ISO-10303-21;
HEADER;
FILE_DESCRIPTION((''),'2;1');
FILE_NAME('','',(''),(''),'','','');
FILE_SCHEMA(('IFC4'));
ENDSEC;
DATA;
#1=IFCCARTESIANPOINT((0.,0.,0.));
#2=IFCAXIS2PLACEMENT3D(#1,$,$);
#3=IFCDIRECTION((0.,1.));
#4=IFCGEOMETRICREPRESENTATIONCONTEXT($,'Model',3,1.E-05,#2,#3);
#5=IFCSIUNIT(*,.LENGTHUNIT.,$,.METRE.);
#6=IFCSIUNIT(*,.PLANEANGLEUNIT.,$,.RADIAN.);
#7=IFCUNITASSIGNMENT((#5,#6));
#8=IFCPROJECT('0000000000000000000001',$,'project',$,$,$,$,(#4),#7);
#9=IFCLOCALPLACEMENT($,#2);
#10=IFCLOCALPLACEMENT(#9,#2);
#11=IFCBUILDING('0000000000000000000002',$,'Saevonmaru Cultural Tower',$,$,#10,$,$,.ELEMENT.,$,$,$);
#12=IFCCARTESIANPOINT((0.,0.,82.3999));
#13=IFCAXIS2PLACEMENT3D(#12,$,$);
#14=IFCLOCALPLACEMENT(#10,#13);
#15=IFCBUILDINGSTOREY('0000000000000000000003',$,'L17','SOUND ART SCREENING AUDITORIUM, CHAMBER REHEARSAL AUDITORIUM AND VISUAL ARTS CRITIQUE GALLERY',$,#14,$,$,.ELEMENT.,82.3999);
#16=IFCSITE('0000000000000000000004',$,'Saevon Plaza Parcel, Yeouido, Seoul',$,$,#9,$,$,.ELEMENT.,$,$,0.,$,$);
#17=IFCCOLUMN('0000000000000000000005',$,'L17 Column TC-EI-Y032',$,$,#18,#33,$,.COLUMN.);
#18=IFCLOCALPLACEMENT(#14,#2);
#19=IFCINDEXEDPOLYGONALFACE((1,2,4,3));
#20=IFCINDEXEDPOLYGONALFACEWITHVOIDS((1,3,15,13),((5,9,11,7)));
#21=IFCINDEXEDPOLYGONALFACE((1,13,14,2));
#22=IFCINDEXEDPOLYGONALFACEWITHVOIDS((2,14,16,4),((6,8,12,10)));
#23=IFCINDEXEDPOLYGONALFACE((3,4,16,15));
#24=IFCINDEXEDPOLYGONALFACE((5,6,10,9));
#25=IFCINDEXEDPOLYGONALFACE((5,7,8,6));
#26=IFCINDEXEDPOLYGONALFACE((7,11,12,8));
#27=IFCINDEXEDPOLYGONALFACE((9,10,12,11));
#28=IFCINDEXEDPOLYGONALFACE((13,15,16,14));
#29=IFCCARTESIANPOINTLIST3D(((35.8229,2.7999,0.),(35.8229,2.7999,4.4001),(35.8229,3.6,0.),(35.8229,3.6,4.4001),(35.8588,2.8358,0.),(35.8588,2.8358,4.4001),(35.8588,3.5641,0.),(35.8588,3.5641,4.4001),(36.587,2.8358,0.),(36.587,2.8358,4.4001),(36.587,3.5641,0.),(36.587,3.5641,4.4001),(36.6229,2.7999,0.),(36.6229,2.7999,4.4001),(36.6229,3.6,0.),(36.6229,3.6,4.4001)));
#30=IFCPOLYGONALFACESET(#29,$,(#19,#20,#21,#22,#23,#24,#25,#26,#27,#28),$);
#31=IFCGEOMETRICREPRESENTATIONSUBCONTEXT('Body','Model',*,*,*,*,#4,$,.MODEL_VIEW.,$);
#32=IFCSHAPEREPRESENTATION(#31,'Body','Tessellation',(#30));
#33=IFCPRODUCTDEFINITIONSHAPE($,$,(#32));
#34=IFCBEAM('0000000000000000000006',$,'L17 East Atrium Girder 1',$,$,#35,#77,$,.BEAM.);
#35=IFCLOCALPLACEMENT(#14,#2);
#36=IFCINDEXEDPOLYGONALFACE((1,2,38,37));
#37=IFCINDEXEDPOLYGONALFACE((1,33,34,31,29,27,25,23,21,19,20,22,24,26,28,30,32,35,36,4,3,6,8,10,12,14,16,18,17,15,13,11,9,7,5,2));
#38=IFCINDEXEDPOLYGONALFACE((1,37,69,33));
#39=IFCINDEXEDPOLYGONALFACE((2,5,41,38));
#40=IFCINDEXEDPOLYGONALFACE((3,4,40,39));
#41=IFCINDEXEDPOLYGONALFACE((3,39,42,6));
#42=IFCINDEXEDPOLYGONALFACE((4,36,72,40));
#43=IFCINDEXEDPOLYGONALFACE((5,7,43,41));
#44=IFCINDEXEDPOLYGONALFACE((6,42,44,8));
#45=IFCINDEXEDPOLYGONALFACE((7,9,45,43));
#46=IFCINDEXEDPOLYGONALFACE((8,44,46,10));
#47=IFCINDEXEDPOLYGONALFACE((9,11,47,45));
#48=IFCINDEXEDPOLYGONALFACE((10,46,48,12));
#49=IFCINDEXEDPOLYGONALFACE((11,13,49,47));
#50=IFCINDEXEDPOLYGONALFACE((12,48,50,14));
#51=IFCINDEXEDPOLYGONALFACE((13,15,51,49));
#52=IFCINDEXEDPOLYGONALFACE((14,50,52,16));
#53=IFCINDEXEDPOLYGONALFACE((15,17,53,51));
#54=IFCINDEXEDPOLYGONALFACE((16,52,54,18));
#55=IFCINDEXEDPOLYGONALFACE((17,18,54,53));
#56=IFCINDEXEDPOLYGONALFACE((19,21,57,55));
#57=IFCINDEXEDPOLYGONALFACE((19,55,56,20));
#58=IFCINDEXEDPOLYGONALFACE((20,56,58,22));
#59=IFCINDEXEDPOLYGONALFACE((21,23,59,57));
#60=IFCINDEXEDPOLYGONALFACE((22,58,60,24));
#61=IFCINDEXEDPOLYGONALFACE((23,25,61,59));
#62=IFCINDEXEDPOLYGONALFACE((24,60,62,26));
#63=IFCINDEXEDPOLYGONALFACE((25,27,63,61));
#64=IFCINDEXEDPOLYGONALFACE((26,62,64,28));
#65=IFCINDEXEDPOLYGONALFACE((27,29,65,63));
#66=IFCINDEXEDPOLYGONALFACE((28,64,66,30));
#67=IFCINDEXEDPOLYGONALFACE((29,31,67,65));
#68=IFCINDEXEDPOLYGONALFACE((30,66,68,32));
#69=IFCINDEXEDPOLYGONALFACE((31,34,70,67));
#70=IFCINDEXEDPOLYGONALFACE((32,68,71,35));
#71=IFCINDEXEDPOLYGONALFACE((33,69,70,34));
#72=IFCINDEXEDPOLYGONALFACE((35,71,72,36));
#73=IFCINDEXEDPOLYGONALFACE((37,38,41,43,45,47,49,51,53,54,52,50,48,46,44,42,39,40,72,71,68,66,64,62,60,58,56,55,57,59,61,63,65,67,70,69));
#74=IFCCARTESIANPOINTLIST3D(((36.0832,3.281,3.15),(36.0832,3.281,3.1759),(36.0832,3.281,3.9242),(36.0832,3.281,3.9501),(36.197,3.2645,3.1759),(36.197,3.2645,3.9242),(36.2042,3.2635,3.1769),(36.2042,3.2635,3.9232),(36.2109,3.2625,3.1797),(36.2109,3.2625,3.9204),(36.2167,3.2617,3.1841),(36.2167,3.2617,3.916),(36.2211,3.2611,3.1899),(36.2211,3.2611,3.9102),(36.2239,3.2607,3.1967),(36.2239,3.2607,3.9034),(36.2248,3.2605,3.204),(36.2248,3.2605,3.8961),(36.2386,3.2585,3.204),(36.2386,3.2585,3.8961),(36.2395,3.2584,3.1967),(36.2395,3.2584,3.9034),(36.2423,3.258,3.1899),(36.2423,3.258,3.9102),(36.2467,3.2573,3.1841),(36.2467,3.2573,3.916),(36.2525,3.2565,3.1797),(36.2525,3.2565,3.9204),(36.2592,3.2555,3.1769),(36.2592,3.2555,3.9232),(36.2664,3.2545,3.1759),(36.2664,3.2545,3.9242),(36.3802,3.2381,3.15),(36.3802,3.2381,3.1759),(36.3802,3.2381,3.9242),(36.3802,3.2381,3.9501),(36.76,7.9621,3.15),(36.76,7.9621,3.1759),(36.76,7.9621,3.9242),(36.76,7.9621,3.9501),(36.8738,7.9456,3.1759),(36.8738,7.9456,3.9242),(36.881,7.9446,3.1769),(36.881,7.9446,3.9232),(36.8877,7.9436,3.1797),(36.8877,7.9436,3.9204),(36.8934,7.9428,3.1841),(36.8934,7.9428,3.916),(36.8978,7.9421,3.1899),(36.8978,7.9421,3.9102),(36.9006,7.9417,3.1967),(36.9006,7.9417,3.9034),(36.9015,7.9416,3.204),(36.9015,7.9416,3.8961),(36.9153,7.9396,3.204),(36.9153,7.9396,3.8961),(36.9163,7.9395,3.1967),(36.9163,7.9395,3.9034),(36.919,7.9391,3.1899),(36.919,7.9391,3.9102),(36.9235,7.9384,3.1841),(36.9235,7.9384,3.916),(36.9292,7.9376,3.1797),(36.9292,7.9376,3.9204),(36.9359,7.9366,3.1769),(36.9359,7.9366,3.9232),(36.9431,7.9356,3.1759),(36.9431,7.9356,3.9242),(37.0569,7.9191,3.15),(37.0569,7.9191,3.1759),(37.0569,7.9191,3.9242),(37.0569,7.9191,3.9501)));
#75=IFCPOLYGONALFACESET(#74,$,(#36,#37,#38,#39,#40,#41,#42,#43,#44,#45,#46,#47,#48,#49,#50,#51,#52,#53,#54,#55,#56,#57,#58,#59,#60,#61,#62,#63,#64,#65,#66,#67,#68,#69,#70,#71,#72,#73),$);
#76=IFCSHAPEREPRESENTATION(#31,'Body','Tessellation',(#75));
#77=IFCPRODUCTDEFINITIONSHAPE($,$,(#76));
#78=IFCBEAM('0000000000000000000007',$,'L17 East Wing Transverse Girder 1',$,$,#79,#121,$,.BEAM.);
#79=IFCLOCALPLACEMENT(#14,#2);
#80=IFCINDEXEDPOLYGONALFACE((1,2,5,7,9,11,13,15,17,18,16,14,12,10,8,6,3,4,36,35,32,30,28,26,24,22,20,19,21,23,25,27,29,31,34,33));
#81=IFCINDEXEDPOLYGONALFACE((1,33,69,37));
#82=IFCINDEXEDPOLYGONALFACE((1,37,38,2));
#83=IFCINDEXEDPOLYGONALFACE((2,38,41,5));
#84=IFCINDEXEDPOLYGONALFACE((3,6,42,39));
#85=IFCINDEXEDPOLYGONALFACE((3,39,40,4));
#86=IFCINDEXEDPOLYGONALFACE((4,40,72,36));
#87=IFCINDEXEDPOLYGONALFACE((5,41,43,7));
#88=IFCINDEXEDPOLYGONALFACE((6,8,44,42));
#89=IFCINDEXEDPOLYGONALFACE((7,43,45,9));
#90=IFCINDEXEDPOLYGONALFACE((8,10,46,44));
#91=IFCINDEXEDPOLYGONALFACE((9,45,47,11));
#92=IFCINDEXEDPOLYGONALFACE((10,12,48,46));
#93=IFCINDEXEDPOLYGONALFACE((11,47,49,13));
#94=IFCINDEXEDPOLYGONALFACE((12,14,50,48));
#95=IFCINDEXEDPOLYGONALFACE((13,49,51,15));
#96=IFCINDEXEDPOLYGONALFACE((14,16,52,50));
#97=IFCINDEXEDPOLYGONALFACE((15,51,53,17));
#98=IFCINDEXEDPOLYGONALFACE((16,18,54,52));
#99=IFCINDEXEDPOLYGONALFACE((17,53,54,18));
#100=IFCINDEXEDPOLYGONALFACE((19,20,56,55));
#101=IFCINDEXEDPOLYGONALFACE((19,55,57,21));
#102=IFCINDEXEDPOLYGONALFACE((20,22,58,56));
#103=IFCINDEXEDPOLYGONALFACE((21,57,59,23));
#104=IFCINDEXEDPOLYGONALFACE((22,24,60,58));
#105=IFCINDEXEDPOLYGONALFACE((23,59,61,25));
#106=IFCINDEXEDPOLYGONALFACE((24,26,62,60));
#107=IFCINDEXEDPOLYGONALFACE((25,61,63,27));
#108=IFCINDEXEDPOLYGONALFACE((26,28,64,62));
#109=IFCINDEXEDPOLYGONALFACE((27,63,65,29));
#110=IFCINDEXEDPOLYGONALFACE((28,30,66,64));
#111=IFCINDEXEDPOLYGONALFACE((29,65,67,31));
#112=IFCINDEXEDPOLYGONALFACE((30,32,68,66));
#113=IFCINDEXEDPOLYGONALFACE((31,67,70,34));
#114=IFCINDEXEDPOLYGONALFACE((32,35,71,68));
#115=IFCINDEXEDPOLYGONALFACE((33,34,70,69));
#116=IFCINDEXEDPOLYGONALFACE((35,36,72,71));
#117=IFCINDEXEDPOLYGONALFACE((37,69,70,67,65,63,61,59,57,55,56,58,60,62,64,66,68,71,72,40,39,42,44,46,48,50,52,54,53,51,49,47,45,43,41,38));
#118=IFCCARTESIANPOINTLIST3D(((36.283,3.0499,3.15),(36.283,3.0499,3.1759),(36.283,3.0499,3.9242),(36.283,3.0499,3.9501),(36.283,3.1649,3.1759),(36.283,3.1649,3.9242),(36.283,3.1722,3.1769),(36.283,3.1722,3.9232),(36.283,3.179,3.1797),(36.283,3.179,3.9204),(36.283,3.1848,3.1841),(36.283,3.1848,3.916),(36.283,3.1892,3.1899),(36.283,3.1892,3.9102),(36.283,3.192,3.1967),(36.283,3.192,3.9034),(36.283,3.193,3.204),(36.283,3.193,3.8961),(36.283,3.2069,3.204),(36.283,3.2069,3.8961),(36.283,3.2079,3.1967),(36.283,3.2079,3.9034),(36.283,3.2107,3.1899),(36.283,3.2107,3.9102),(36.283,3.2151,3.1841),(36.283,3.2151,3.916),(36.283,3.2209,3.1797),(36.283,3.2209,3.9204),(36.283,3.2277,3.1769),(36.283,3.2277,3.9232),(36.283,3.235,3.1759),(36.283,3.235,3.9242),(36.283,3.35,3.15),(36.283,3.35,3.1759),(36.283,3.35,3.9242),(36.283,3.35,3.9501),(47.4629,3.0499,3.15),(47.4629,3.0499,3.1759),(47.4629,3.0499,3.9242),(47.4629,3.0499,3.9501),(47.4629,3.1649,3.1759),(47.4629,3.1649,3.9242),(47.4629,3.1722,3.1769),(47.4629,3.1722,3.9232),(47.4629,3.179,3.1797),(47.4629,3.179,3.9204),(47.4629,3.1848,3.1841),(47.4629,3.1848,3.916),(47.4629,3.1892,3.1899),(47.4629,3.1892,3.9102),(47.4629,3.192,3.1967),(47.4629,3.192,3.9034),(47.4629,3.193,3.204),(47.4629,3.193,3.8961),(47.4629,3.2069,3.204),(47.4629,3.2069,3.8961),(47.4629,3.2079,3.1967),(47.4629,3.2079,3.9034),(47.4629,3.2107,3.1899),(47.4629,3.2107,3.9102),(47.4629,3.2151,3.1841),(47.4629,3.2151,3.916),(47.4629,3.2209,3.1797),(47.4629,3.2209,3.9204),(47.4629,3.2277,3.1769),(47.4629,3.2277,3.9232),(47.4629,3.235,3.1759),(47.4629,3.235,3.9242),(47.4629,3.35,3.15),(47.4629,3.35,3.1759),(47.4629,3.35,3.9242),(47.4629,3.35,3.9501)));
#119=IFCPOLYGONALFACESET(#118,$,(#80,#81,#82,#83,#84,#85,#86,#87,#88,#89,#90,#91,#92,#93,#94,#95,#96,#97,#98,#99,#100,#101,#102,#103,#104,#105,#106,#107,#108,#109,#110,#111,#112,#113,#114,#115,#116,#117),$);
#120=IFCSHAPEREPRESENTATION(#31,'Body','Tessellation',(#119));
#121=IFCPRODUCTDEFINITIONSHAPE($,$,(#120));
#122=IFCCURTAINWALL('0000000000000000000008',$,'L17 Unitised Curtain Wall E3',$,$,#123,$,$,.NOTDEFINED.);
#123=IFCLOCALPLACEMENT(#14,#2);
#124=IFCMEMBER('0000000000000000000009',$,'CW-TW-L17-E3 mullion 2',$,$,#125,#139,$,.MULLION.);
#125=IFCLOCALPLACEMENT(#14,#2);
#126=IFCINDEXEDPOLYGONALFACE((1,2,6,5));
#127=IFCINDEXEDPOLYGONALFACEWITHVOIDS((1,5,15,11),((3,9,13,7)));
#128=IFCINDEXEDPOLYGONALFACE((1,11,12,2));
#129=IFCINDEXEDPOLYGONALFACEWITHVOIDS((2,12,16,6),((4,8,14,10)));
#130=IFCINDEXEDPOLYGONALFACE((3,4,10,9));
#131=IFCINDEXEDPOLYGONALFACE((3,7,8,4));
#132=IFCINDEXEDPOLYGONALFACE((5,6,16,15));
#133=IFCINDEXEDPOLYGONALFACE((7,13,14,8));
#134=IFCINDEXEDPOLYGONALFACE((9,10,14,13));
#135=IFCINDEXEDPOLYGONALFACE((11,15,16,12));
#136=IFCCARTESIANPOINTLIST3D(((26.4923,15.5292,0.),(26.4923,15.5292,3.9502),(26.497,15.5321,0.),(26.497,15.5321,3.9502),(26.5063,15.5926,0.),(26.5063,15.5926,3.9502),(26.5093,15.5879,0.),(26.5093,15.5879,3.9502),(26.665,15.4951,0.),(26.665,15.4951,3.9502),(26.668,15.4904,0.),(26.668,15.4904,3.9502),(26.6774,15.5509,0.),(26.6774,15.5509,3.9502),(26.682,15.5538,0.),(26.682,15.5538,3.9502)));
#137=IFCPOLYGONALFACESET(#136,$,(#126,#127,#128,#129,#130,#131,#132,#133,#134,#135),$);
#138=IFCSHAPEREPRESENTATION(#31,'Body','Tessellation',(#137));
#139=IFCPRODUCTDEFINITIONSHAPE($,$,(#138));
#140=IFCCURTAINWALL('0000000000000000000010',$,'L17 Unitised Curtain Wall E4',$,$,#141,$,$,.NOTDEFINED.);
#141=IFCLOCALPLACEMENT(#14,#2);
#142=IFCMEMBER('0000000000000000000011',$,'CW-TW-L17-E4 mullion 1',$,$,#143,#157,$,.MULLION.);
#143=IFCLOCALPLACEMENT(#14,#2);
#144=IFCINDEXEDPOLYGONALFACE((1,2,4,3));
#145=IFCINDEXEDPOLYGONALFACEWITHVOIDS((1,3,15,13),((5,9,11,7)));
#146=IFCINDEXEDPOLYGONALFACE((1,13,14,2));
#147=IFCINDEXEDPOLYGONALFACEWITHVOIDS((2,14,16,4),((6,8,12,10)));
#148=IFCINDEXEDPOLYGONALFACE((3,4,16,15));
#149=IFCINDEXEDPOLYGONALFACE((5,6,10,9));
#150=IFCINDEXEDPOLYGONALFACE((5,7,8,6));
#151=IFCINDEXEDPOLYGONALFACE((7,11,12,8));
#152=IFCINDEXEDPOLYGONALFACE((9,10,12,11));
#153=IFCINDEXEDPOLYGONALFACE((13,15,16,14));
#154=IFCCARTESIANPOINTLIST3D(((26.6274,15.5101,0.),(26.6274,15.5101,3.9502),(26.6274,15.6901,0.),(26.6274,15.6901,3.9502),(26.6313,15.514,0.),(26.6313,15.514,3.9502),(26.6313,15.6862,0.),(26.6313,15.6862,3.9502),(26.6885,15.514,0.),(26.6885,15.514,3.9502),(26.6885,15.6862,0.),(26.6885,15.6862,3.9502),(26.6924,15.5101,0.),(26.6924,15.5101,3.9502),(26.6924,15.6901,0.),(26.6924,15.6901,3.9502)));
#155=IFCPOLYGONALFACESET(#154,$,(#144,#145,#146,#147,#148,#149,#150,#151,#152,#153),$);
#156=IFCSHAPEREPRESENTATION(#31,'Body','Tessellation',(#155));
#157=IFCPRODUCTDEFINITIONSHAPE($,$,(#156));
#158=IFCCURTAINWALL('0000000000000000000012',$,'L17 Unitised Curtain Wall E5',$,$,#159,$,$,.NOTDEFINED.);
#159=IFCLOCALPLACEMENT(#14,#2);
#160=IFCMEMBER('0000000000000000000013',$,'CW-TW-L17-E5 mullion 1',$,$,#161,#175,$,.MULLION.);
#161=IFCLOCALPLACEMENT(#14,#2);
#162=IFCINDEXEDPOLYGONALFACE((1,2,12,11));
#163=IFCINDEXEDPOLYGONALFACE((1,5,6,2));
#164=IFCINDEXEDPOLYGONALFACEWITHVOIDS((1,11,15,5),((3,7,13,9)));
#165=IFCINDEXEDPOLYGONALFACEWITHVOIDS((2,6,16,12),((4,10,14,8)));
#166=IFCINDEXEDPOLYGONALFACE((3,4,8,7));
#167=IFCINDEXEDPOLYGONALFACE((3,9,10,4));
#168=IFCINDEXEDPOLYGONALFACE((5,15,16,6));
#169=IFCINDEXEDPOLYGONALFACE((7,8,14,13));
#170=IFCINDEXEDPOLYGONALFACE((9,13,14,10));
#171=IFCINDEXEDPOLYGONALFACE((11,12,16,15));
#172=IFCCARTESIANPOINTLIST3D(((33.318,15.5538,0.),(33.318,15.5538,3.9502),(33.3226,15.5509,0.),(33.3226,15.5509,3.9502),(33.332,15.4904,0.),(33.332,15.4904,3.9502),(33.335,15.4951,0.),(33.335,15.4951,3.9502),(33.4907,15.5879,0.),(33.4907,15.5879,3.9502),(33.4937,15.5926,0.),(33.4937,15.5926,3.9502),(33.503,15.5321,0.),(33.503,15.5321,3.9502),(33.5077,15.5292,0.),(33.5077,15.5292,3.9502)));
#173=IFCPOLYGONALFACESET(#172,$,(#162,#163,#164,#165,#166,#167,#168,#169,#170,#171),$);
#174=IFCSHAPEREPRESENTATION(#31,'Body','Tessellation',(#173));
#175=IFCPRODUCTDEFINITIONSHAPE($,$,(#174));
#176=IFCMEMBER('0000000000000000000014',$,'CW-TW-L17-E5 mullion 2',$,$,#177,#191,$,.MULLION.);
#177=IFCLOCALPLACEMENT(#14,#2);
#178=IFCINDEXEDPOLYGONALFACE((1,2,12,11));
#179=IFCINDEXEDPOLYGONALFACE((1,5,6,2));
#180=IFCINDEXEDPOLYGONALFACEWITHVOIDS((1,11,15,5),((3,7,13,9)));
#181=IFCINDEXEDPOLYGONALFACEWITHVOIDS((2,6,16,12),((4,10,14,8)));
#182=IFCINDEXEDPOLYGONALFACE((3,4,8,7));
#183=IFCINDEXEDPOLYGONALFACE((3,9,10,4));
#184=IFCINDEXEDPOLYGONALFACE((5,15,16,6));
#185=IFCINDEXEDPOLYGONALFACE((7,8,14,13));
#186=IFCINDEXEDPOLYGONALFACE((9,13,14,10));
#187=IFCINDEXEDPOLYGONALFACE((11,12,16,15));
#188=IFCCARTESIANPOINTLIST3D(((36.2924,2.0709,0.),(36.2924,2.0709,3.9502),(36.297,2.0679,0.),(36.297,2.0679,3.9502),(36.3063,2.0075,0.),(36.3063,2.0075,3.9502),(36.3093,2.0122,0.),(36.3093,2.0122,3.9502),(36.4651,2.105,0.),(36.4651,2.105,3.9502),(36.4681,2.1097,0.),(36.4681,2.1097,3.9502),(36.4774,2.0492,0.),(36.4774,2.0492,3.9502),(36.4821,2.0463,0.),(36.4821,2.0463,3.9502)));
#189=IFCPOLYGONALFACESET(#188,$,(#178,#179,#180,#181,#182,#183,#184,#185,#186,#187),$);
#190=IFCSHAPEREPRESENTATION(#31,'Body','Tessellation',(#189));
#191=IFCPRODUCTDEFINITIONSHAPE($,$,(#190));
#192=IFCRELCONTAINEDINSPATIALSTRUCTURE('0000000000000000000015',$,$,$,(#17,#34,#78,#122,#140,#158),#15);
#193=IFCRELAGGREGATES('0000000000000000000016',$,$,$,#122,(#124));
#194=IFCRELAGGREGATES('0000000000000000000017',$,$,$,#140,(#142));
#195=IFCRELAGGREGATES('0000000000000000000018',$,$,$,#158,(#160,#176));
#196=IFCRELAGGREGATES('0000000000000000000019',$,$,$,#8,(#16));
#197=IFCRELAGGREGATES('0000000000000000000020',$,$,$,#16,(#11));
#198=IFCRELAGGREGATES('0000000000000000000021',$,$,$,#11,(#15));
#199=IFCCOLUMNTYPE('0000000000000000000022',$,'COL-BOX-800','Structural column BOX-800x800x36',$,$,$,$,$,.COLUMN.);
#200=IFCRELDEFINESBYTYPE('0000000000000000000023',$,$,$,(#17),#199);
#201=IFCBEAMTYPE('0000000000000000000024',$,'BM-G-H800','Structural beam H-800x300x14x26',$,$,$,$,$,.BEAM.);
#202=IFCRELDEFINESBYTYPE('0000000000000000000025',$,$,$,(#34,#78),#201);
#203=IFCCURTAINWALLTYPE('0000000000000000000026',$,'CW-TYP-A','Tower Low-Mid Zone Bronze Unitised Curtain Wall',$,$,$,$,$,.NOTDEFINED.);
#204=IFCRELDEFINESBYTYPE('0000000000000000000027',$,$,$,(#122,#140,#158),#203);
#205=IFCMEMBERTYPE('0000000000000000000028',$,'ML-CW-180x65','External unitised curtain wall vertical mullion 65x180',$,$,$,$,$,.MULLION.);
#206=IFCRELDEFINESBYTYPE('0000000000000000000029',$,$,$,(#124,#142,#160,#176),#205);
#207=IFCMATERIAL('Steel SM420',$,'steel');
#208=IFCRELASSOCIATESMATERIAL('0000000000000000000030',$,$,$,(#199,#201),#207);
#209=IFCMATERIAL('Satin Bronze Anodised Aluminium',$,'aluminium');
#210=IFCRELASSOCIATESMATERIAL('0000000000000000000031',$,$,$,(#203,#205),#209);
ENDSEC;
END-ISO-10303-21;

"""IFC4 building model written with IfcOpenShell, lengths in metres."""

from ifc_helpers import new_model, si_unit, direction, frame, origin, origin_2d, place, context, subcontext, project, spatial, hollow_rectangle, i_section, extrude, material, material_profile, profile_set, type_object, element, aggregate, save


model = new_model("IFC4")

# Units and contexts
model_context = context("Model", 3, precision=1e-05, world=origin(), true_north=direction((0.0, 1.0)))
body_context = subcontext(model_context, "Body", "Model", "MODEL_VIEW")
ifc_project = project(units=[si_unit("LENGTHUNIT", "METRE"), si_unit("PLANEANGLEUNIT", "RADIAN")], contexts=[model_context])

# Site, building, storey
site_placement = place(None, origin())
site = spatial("IfcSite", under=ifc_project, at=site_placement, Name="Saevon Plaza Parcel, Yeouido, Seoul", CompositionType="ELEMENT", RefElevation=0.0)
building_placement = place(site_placement, origin())
building = spatial("IfcBuilding", under=site, at=building_placement, Name="Saevonmaru Cultural Tower", CompositionType="ELEMENT")
storey_placement = place(building_placement, frame((0.0, 0.0, 82.3999)))
storey = spatial("IfcBuildingStorey", under=building, at=storey_placement, Name="L17", Description="SOUND ART SCREENING AUDITORIUM, CHAMBER REHEARSAL AUDITORIUM AND VISUAL ARTS CRITIQUE GALLERY", CompositionType="ELEMENT", Elevation=82.3999)

# Column
ifc_material_1 = material(Name="Steel SM420", Category="steel")
ifc_material_profile_1 = material_profile(ifc_material_1, hollow_rectangle(XDim=0.8, YDim=0.8, WallThickness=0.0359, at=origin_2d()), Name="BOX-800x800x36")
ifc_profile_set_1 = profile_set([ifc_material_profile_1], Name="Steel SM420")
column_type = type_object("IfcColumnType", Name="COL-BOX-800", Description="Structural column BOX-800x800x36", PredefinedType="COLUMN", material=ifc_profile_set_1)
column_placement = place(storey_placement, frame((36.2229, 3.2, 0.0), z_axis=(0.0, 0.0, 1.0), x_axis=(1.0, 0.0, 0.0)))
element("IfcColumn", 1, at=column_placement, inside=storey, type_object=column_type, Name="L17 Column TC-EI-Y032", PredefinedType="COLUMN", context=body_context, shape_type="SweptSolid", body=[
    extrude(hollow_rectangle(XDim=0.8, YDim=0.8, WallThickness=0.0359, at=origin_2d()), origin(), (0.0, 0.0, 1.0), 4.4001),
])

# Beams
ifc_material_profile_2 = material_profile(ifc_material_1, i_section(OverallWidth=0.3, OverallDepth=0.8, WebThickness=0.0139, FlangeThickness=0.0259, FilletRadius=0.0281, at=origin_2d()), Name="H-800x300x14x26")
ifc_profile_set_2 = profile_set([ifc_material_profile_2], Name="Steel SM420")
beam_type = type_object("IfcBeamType", Name="BM-G-H800", Description="Structural beam H-800x300x14x26", PredefinedType="BEAM", material=ifc_profile_set_2)
beam_1_placement = place(storey_placement, frame((36.2317, 3.2595, 3.55), z_axis=(0.143083, 0.989711, 0.0), x_axis=(-0.989711, 0.143083, 0.0)))
element("IfcBeam", 2, at=beam_1_placement, inside=storey, type_object=beam_type, Name="L17 East Atrium Girder 1", PredefinedType="BEAM", context=body_context, shape_type="SweptSolid", body=[
    extrude(i_section(OverallWidth=0.3, OverallDepth=0.8, WebThickness=0.0139, FlangeThickness=0.0259, FilletRadius=0.0281, at=origin_2d()), origin(), (0.0, 0.0, 1.0), 4.7297),
])
beam_2_placement = place(storey_placement, frame((36.283, 3.2, 3.55), z_axis=(1.0, 0.0, 0.0), x_axis=(0.0, 1.0, 0.0)))
element("IfcBeam", 3, at=beam_2_placement, inside=storey, type_object=beam_type, Name="L17 East Wing Transverse Girder 1", PredefinedType="BEAM", context=body_context, shape_type="SweptSolid", body=[
    extrude(i_section(OverallWidth=0.3, OverallDepth=0.8, WebThickness=0.0139, FlangeThickness=0.0259, FilletRadius=0.0281, at=origin_2d()), origin(), (0.0, 0.0, 1.0), 11.1799),
])

# Curtain walls, members
ifc_material_2 = material(Name="Satin Bronze Anodised Aluminium", Category="aluminium")
curtain_wall_type = type_object("IfcCurtainWallType", Name="CW-TYP-A", Description="Tower Low-Mid Zone Bronze Unitised Curtain Wall", PredefinedType="NOTDEFINED", material=ifc_material_2)
curtain_wall_1_placement = place(storey_placement, origin())
curtain_wall_1 = element("IfcCurtainWall", 4, at=curtain_wall_1_placement, inside=storey, type_object=curtain_wall_type, Name="L17 Unitised Curtain Wall E3", PredefinedType="NOTDEFINED")
ifc_material_profile_3 = material_profile(ifc_material_2, hollow_rectangle(XDim=0.0649, YDim=0.1799, WallThickness=0.0039, at=origin_2d()), Name="ALU-MULL-180x65x4")
ifc_profile_set_3 = profile_set([ifc_material_profile_3], Name="Satin Bronze Anodised Aluminium")
member_type_1 = type_object("IfcMemberType", Name="ML-CW-180x65", Description="External unitised curtain wall vertical mullion 65x180", PredefinedType="MULLION", material=ifc_profile_set_3)
member_1_placement = place(storey_placement, frame((26.5872, 15.5415, 0.0), z_axis=(0.0, 0.0, 1.0), x_axis=(0.215413, 0.976523, 0.0)))
member_1 = element("IfcMember", 5, at=member_1_placement, type_object=member_type_1, Name="CW-TW-L17-E3 mullion 2", PredefinedType="MULLION", context=body_context, shape_type="SweptSolid", body=[
    extrude(hollow_rectangle(XDim=0.0649, YDim=0.1799, WallThickness=0.0039, at=origin_2d()), origin(), (0.0, 0.0, 1.0), 3.9502),
])
aggregate(curtain_wall_1, [member_1])
curtain_wall_2_placement = place(storey_placement, origin())
curtain_wall_2 = element("IfcCurtainWall", 6, at=curtain_wall_2_placement, inside=storey, type_object=curtain_wall_type, Name="L17 Unitised Curtain Wall E4", PredefinedType="NOTDEFINED")
member_2_placement = place(storey_placement, frame((26.6599, 15.6001, 0.0), z_axis=(0.0, 0.0, 1.0), x_axis=(1.0, 0.0, 0.0)))
member_2 = element("IfcMember", 7, at=member_2_placement, type_object=member_type_1, Name="CW-TW-L17-E4 mullion 1", PredefinedType="MULLION", context=body_context, shape_type="SweptSolid", body=[
    extrude(hollow_rectangle(XDim=0.0649, YDim=0.1799, WallThickness=0.0039, at=origin_2d()), origin(), (0.0, 0.0, 1.0), 3.9502),
])
aggregate(curtain_wall_2, [member_2])

# Curtain wall, members
curtain_wall_3_placement = place(storey_placement, origin())
curtain_wall_3 = element("IfcCurtainWall", 8, at=curtain_wall_3_placement, inside=storey, type_object=curtain_wall_type, Name="L17 Unitised Curtain Wall E5", PredefinedType="NOTDEFINED")
member_3_placement = place(storey_placement, frame((33.4128, 15.5415, 0.0), z_axis=(0.0, 0.0, 1.0), x_axis=(0.215413, -0.976523, 0.0)))
member_3 = element("IfcMember", 9, at=member_3_placement, type_object=member_type_1, Name="CW-TW-L17-E5 mullion 1", PredefinedType="MULLION", context=body_context, shape_type="SweptSolid", body=[
    extrude(hollow_rectangle(XDim=0.0649, YDim=0.1799, WallThickness=0.0039, at=origin_2d()), origin(), (0.0, 0.0, 1.0), 3.9502),
])
member_4_placement = place(storey_placement, frame((36.3872, 2.0586, 0.0), z_axis=(0.0, 0.0, 1.0), x_axis=(0.215413, -0.976523, 0.0)))
member_4 = element("IfcMember", 10, at=member_4_placement, type_object=member_type_1, Name="CW-TW-L17-E5 mullion 2", PredefinedType="MULLION", context=body_context, shape_type="SweptSolid", body=[
    extrude(hollow_rectangle(XDim=0.0649, YDim=0.1799, WallThickness=0.0039, at=origin_2d()), origin(), (0.0, 0.0, 1.0), 3.9502),
])

aggregate(curtain_wall_3, [member_3, member_4])

save(model, "model.ifc")
